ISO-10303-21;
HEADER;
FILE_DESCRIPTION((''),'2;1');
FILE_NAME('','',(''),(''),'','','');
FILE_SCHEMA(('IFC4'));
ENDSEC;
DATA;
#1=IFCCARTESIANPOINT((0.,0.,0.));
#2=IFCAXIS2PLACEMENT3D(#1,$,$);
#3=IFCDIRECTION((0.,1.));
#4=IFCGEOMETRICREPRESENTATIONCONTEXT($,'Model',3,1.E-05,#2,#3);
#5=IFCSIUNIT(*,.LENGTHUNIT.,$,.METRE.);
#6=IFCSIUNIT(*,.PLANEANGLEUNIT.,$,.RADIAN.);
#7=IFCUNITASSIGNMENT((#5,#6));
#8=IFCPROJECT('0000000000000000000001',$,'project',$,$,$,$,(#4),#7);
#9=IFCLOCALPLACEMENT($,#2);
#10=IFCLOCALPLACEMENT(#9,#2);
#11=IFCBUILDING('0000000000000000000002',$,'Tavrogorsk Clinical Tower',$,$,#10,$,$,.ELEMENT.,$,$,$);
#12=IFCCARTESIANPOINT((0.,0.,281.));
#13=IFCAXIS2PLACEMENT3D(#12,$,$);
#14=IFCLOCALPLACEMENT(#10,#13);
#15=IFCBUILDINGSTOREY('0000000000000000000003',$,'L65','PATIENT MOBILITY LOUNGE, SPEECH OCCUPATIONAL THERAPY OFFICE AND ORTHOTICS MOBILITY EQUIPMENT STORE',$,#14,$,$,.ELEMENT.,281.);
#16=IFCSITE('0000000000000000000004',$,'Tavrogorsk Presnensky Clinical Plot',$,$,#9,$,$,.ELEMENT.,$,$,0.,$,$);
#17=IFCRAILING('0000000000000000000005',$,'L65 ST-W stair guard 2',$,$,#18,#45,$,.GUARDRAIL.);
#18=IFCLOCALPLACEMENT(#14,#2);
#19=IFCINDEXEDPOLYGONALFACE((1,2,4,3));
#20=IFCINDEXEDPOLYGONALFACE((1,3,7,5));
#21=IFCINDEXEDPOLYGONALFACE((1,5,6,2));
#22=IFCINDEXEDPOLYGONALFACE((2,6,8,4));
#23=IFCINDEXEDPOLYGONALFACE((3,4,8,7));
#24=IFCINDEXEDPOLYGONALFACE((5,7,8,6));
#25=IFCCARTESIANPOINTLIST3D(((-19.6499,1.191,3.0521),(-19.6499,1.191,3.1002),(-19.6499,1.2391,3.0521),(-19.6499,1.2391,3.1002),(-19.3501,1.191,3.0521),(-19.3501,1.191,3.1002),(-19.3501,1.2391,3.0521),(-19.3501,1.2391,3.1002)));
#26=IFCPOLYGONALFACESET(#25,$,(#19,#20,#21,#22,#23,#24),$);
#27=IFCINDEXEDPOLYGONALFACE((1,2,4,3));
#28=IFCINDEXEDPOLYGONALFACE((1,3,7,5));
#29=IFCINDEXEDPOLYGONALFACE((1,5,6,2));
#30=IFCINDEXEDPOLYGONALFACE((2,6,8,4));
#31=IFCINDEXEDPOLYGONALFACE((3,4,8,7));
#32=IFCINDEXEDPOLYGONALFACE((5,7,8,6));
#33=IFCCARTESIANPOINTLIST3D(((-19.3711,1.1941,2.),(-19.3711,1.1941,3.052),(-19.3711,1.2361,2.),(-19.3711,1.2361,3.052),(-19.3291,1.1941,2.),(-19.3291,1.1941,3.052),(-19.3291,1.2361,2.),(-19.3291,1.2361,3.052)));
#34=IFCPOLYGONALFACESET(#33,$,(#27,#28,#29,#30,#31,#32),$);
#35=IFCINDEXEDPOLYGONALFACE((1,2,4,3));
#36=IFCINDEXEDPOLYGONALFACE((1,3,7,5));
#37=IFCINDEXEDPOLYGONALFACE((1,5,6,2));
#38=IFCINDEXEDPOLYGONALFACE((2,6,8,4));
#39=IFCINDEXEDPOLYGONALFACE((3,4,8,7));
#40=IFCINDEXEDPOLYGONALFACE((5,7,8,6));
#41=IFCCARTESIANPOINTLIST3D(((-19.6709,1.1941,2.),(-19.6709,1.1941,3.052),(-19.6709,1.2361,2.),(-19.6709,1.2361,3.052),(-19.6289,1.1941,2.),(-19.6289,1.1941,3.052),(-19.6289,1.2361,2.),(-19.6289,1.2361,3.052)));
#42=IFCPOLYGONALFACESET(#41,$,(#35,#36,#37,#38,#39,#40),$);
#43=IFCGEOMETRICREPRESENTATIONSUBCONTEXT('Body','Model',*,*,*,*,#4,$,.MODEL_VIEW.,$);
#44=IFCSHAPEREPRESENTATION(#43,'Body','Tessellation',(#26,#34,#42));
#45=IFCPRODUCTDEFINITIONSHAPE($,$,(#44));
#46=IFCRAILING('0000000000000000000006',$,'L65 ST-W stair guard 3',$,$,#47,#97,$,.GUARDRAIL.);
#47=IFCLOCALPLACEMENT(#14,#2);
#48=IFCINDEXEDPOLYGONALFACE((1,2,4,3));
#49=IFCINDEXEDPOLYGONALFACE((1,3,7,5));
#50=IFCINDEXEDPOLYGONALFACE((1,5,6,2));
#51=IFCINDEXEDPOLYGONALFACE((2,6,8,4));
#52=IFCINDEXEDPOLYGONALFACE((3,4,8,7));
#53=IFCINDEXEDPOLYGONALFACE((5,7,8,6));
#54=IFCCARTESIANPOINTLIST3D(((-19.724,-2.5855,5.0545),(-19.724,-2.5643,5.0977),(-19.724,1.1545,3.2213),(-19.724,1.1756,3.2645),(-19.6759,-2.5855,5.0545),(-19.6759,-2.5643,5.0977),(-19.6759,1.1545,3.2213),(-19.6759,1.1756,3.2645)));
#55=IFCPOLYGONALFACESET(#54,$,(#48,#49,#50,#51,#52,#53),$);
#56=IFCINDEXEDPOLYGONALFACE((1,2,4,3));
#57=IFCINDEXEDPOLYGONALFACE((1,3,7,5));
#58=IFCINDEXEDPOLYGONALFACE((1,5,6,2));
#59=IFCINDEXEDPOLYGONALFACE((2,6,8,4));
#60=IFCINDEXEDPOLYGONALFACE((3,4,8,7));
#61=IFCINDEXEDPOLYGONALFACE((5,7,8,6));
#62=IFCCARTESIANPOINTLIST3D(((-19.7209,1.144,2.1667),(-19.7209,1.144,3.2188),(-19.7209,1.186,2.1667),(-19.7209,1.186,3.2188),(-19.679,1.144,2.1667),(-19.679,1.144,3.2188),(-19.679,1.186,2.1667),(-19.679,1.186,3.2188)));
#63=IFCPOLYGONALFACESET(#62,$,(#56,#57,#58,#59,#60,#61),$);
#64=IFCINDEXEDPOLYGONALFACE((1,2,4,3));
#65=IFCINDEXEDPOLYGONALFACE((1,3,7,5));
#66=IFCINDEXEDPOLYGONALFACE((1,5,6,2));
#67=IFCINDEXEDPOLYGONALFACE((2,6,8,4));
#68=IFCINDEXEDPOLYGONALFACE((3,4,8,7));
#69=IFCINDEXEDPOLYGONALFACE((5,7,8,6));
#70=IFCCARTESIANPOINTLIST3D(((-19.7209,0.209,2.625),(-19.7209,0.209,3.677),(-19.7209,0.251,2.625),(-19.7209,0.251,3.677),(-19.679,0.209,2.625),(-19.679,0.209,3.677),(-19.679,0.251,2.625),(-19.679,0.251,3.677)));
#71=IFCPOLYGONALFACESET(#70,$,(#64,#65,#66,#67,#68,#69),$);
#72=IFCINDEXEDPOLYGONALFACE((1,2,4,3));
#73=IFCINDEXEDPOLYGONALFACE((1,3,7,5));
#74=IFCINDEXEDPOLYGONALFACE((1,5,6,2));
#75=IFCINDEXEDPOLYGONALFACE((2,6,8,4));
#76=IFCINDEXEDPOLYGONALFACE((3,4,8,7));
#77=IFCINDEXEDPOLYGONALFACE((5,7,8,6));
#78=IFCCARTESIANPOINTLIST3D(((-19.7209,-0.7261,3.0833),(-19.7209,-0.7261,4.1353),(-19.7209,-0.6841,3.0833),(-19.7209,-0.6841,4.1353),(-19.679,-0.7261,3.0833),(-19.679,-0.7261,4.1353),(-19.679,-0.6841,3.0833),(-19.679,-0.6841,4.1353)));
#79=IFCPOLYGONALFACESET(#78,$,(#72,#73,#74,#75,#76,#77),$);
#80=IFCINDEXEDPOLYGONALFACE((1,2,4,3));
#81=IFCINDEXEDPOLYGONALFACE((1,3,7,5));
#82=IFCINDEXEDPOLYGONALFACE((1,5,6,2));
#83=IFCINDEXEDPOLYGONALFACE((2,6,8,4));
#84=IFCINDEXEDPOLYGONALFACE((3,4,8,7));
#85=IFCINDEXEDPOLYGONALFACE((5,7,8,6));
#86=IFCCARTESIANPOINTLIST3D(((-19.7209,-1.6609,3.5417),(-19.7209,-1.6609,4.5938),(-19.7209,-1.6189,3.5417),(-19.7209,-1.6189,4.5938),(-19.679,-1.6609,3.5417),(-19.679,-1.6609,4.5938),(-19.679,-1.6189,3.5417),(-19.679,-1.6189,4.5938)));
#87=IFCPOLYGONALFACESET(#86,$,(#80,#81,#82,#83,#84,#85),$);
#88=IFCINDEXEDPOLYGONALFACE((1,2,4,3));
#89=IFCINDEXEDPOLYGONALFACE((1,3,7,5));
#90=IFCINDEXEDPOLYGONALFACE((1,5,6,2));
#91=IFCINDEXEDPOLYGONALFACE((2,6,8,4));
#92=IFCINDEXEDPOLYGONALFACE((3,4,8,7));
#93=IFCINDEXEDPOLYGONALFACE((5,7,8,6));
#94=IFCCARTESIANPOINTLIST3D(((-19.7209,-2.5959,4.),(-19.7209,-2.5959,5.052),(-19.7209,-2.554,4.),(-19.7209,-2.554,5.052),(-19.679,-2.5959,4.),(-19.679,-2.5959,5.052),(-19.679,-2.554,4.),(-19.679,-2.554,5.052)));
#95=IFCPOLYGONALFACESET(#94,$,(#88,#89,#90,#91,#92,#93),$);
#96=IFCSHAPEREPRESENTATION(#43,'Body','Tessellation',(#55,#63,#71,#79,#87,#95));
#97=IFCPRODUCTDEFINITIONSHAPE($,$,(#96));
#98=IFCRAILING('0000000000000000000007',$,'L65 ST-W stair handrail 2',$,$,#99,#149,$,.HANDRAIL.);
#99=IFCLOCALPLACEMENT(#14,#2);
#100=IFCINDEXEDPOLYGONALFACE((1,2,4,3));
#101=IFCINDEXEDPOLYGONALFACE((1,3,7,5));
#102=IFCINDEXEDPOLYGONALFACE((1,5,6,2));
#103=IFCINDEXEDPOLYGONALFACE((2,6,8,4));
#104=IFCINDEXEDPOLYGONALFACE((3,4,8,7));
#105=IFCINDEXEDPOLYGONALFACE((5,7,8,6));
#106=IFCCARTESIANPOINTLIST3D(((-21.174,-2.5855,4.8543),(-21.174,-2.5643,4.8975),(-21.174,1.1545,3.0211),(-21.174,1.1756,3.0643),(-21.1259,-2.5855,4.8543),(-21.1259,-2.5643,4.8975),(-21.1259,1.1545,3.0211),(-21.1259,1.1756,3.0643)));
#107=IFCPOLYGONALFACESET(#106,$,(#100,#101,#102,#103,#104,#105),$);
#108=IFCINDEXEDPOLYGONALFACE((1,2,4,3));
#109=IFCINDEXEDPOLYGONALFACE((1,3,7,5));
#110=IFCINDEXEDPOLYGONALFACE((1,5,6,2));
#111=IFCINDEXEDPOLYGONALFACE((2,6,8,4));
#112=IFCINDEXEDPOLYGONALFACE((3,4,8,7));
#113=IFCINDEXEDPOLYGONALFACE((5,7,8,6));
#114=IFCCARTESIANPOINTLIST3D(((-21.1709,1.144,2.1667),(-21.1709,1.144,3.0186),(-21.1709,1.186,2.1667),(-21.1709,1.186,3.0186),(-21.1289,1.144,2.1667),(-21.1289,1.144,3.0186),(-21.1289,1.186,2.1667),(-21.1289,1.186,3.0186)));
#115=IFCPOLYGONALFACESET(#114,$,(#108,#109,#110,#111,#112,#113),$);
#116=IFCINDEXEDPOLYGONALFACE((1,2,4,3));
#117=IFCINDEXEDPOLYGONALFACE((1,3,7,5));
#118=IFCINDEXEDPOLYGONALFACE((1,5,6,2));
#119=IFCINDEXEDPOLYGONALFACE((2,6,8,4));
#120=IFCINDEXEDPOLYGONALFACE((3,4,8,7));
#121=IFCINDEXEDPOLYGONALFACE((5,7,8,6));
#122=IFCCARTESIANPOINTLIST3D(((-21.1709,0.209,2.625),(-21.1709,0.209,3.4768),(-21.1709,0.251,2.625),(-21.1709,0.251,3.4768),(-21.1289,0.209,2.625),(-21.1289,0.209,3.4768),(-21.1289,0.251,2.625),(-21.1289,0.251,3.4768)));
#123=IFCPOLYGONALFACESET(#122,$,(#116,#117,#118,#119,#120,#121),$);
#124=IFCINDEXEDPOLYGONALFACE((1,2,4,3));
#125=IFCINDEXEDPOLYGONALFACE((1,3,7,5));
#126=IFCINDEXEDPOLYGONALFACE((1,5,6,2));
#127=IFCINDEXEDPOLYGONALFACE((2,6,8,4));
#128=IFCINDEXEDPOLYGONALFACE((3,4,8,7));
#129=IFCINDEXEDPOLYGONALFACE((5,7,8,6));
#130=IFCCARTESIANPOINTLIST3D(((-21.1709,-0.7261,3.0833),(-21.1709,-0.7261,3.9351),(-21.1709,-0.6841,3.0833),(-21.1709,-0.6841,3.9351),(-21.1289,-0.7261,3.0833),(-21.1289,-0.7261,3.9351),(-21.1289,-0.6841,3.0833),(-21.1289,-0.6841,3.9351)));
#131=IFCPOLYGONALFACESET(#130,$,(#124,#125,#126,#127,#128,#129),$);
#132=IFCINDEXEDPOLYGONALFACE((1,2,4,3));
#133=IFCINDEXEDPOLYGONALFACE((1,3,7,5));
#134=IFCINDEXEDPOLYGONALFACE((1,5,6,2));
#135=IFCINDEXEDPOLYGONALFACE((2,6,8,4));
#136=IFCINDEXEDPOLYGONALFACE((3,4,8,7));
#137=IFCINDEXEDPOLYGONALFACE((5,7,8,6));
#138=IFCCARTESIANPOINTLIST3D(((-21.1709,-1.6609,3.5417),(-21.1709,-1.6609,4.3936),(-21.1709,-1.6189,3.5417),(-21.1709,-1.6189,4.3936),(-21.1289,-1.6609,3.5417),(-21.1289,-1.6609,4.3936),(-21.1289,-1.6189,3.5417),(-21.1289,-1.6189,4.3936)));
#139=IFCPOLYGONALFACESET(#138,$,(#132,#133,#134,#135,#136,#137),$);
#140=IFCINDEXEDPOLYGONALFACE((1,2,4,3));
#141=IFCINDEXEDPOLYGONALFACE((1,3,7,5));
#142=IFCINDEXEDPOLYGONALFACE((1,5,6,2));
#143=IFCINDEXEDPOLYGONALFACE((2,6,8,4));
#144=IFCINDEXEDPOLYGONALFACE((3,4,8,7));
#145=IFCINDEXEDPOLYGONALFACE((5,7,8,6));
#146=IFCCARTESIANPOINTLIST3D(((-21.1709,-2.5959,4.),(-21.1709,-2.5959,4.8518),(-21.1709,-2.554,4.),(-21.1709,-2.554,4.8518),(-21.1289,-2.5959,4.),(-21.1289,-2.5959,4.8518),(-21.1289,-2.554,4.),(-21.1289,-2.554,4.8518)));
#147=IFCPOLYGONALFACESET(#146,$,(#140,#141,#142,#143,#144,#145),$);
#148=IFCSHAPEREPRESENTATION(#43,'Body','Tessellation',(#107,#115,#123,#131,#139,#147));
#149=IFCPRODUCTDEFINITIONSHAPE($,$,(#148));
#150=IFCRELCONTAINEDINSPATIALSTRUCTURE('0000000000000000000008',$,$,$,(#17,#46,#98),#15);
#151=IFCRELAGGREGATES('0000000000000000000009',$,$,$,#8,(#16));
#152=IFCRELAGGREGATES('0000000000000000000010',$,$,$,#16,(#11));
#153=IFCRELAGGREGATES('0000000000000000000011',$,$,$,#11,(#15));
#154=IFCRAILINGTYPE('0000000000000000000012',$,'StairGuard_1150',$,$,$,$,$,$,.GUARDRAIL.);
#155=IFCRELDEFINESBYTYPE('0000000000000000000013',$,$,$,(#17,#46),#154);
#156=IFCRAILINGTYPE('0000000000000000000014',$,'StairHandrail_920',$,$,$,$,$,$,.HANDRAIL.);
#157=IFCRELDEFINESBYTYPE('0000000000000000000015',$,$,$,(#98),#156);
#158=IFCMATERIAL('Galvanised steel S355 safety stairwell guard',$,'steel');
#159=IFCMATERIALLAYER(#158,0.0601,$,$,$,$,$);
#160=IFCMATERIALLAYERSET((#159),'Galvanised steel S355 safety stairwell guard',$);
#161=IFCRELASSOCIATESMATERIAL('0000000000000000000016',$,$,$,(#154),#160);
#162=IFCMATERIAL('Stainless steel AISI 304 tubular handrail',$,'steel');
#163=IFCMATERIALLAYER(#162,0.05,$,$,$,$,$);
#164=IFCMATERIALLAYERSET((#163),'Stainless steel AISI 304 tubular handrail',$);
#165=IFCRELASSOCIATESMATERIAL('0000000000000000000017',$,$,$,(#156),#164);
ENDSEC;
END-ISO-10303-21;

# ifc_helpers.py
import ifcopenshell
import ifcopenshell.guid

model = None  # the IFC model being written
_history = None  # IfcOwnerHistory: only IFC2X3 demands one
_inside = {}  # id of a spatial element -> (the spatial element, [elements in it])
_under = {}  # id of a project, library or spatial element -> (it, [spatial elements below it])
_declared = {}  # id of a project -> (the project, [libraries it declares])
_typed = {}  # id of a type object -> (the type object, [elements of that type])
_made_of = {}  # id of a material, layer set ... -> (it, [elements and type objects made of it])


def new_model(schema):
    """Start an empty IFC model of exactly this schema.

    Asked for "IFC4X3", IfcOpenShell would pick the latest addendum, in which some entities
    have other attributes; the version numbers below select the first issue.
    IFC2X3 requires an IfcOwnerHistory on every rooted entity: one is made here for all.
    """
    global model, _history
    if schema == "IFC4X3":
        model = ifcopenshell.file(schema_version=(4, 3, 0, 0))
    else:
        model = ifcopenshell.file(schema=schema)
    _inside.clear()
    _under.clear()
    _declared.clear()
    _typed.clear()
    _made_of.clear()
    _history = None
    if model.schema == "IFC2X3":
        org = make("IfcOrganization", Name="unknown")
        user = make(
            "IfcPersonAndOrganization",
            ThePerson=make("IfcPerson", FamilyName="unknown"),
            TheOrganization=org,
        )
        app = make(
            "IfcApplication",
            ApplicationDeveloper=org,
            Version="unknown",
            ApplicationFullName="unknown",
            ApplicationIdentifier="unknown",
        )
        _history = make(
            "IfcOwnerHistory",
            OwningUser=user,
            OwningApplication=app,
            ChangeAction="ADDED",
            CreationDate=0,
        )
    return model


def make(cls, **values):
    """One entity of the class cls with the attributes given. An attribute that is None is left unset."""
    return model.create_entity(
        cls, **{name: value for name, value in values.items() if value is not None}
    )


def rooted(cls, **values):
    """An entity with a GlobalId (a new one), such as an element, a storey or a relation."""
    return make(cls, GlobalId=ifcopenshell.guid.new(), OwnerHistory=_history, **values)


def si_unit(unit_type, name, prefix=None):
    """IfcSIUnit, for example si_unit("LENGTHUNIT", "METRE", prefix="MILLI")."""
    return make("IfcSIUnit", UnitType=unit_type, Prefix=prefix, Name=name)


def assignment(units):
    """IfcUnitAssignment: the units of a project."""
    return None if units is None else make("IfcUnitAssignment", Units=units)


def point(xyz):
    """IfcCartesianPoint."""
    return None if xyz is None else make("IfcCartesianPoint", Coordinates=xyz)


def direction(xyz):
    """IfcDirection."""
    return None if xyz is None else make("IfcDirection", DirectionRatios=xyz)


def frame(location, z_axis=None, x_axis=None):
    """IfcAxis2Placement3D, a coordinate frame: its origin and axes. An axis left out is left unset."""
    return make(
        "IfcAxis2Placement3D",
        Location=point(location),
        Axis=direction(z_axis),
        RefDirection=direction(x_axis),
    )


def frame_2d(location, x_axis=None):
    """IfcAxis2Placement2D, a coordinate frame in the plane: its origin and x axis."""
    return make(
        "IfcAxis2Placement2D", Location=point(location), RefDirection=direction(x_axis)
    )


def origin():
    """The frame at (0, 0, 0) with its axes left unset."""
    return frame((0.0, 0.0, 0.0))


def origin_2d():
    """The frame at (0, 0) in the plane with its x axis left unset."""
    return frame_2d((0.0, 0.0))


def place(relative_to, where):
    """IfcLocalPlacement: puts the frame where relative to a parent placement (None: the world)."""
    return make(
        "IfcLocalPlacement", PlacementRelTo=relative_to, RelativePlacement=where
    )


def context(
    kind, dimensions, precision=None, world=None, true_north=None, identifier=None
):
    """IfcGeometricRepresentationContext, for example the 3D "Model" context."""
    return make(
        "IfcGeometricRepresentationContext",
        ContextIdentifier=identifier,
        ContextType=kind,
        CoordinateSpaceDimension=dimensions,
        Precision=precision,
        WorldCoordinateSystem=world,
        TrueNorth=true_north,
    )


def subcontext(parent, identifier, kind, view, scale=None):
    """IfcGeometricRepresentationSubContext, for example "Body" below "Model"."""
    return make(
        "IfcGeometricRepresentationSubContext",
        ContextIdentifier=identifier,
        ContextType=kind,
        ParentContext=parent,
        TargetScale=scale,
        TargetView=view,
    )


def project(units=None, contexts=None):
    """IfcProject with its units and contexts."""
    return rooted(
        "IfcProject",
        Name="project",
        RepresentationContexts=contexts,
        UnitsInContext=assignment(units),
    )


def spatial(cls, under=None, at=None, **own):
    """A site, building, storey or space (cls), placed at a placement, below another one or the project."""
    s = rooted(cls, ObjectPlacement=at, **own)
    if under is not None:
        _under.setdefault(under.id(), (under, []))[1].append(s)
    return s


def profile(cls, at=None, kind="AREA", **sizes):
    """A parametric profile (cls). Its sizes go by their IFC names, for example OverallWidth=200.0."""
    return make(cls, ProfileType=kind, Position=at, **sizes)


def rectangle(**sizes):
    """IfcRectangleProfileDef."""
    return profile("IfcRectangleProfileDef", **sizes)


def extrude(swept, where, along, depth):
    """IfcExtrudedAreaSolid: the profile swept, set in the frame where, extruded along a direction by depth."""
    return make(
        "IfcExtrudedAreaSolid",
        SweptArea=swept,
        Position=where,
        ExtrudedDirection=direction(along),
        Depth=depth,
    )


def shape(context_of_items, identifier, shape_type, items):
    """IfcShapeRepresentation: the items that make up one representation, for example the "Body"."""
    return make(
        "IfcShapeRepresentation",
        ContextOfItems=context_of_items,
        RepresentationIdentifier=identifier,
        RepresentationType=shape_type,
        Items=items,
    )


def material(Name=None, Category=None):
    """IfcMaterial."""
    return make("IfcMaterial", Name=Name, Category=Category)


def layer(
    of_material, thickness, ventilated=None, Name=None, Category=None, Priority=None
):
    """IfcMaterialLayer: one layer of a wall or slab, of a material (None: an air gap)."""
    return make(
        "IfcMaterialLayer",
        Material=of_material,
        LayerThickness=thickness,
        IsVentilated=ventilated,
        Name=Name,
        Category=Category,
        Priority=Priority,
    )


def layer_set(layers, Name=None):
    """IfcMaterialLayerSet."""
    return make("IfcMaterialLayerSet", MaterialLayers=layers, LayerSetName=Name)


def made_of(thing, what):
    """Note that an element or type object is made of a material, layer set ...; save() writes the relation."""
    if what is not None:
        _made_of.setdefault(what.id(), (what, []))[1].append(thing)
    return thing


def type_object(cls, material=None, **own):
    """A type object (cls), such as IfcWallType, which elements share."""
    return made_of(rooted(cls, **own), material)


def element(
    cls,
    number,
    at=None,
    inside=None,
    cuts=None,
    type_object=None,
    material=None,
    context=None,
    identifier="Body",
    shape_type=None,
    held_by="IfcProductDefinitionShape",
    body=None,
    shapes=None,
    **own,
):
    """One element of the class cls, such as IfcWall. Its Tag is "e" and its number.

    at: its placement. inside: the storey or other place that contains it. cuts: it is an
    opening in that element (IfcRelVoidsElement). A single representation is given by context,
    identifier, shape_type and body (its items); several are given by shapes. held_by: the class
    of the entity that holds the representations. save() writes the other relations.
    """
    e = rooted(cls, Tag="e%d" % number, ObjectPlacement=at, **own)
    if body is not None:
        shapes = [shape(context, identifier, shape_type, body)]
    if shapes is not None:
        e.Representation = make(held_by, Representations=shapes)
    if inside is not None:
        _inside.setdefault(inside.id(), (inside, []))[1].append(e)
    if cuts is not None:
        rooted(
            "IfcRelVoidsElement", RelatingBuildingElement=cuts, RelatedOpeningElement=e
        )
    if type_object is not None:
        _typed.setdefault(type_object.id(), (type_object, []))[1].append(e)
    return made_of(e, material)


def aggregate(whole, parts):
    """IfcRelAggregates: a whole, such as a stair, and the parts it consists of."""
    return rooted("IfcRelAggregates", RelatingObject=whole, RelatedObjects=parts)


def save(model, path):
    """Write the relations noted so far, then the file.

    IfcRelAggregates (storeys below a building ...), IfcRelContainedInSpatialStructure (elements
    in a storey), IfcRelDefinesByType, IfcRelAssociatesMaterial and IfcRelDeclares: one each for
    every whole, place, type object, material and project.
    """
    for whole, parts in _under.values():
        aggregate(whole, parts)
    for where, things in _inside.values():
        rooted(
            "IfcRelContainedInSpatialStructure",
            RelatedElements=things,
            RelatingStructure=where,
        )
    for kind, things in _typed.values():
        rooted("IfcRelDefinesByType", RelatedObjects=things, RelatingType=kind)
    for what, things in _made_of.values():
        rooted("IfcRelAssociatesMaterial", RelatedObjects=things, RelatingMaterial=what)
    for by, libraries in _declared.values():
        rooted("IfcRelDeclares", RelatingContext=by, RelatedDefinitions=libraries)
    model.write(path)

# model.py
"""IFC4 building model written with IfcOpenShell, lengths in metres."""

from ifc_helpers import new_model, si_unit, direction, frame, origin, origin_2d, place, context, subcontext, project, spatial, rectangle, extrude, material, layer, layer_set, type_object, element, save


model = new_model("IFC4")

# Units and contexts
model_context = context("Model", 3, precision=1e-05, world=origin(), true_north=direction((0.0, 1.0)))
body_context = subcontext(model_context, "Body", "Model", "MODEL_VIEW")
ifc_project = project(units=[si_unit("LENGTHUNIT", "METRE"), si_unit("PLANEANGLEUNIT", "RADIAN")], contexts=[model_context])

# Site, building, storey
site_placement = place(None, origin())
site = spatial("IfcSite", under=ifc_project, at=site_placement, Name="Tavrogorsk Presnensky Clinical Plot", CompositionType="ELEMENT", RefElevation=0.0)
building_placement = place(site_placement, origin())
building = spatial("IfcBuilding", under=site, at=building_placement, Name="Tavrogorsk Clinical Tower", CompositionType="ELEMENT")
storey_placement = place(building_placement, frame((0.0, 0.0, 281.0)))
storey = spatial("IfcBuildingStorey", under=building, at=storey_placement, Name="L65", Description="PATIENT MOBILITY LOUNGE, SPEECH OCCUPATIONAL THERAPY OFFICE AND ORTHOTICS MOBILITY EQUIPMENT STORE", CompositionType="ELEMENT", Elevation=281.0)

# Railings
ifc_material_1 = material(Name="Galvanised steel S355 safety stairwell guard", Category="steel")
ifc_layer_1 = layer(ifc_material_1, 0.0601)
ifc_layer_set_1 = layer_set([ifc_layer_1], Name="Galvanised steel S355 safety stairwell guard")
railing_type_1 = type_object("IfcRailingType", Name="StairGuard_1150", PredefinedType="GUARDRAIL", material=ifc_layer_set_1)
railing_1_placement = place(storey_placement, frame((-19.3501, 1.2151, 2.0)))
element("IfcRailing", 1, at=railing_1_placement, inside=storey, type_object=railing_type_1, Name="L65 ST-W stair guard 2", PredefinedType="GUARDRAIL", context=body_context, shape_type="SweptSolid", body=[
    extrude(rectangle(XDim=0.0481, YDim=0.0481, at=origin_2d()), frame((0.0, 0.0, 1.0762), z_axis=(-1.0, 0.0, 0.0), x_axis=(0.0, -1.0, 0.0)), (0.0, 0.0, 1.0), 0.2998),
    extrude(rectangle(XDim=0.042, YDim=0.042, at=origin_2d()), origin(), (0.0, 0.0, 1.0), 1.052),
    extrude(rectangle(XDim=0.042, YDim=0.042, at=origin_2d()), frame((-0.2998, 0.0, 0.0)), (0.0, 0.0, 1.0), 1.052),
])
railing_2_placement = place(storey_placement, frame((-19.7, 1.165, 2.1667)))
element("IfcRailing", 2, at=railing_2_placement, inside=storey, type_object=railing_type_1, Name="L65 ST-W stair guard 3", PredefinedType="GUARDRAIL", context=body_context, shape_type="SweptSolid", body=[
    extrude(rectangle(XDim=0.0481, YDim=0.0481, at=origin_2d()), frame((0.0, 0.0, 1.0762), z_axis=(0.0, -0.897928, 0.440142), x_axis=(1.0, 0.0, 0.0)), (0.0, 0.0, 1.0), 4.165),
    extrude(rectangle(XDim=0.042, YDim=0.042, at=origin_2d()), origin(), (0.0, 0.0, 1.0), 1.052),
    extrude(rectangle(XDim=0.042, YDim=0.042, at=origin_2d()), frame((0.0, -0.9351, 0.4583)), (0.0, 0.0, 1.0), 1.052),
    extrude(rectangle(XDim=0.042, YDim=0.042, at=origin_2d()), frame((0.0, -1.8701, 0.9165)), (0.0, 0.0, 1.0), 1.052),
    extrude(rectangle(XDim=0.042, YDim=0.042, at=origin_2d()), frame((0.0, -2.8049, 1.375)), (0.0, 0.0, 1.0), 1.052),
    extrude(rectangle(XDim=0.042, YDim=0.042, at=origin_2d()), frame((0.0, -3.74, 1.8333)), (0.0, 0.0, 1.0), 1.052),
])
ifc_material_2 = material(Name="Stainless steel AISI 304 tubular handrail", Category="steel")
ifc_layer_2 = layer(ifc_material_2, 0.05)
ifc_layer_set_2 = layer_set([ifc_layer_2], Name="Stainless steel AISI 304 tubular handrail")
railing_type_2 = type_object("IfcRailingType", Name="StairHandrail_920", PredefinedType="HANDRAIL", material=ifc_layer_set_2)
railing_3_placement = place(storey_placement, frame((-21.1499, 1.165, 2.1667)))
element("IfcRailing", 3, at=railing_3_placement, inside=storey, type_object=railing_type_2, Name="L65 ST-W stair handrail 2", PredefinedType="HANDRAIL", context=body_context, shape_type="SweptSolid", body=[
    extrude(rectangle(XDim=0.0481, YDim=0.0481, at=origin_2d()), frame((0.0, 0.0, 0.876), z_axis=(0.0, -0.897928, 0.440142), x_axis=(1.0, 0.0, 0.0)), (0.0, 0.0, 1.0), 4.165),
    extrude(rectangle(XDim=0.042, YDim=0.042, at=origin_2d()), origin(), (0.0, 0.0, 1.0), 0.8518),
    extrude(rectangle(XDim=0.042, YDim=0.042, at=origin_2d()), frame((0.0, -0.9351, 0.4583)), (0.0, 0.0, 1.0), 0.8518),
    extrude(rectangle(XDim=0.042, YDim=0.042, at=origin_2d()), frame((0.0, -1.8701, 0.9165)), (0.0, 0.0, 1.0), 0.8518),
    extrude(rectangle(XDim=0.042, YDim=0.042, at=origin_2d()), frame((0.0, -2.8049, 1.375)), (0.0, 0.0, 1.0), 0.8518),
    extrude(rectangle(XDim=0.042, YDim=0.042, at=origin_2d()), frame((0.0, -3.74, 1.8333)), (0.0, 0.0, 1.0), 0.8518),
])

save(model, "model.ifc")
